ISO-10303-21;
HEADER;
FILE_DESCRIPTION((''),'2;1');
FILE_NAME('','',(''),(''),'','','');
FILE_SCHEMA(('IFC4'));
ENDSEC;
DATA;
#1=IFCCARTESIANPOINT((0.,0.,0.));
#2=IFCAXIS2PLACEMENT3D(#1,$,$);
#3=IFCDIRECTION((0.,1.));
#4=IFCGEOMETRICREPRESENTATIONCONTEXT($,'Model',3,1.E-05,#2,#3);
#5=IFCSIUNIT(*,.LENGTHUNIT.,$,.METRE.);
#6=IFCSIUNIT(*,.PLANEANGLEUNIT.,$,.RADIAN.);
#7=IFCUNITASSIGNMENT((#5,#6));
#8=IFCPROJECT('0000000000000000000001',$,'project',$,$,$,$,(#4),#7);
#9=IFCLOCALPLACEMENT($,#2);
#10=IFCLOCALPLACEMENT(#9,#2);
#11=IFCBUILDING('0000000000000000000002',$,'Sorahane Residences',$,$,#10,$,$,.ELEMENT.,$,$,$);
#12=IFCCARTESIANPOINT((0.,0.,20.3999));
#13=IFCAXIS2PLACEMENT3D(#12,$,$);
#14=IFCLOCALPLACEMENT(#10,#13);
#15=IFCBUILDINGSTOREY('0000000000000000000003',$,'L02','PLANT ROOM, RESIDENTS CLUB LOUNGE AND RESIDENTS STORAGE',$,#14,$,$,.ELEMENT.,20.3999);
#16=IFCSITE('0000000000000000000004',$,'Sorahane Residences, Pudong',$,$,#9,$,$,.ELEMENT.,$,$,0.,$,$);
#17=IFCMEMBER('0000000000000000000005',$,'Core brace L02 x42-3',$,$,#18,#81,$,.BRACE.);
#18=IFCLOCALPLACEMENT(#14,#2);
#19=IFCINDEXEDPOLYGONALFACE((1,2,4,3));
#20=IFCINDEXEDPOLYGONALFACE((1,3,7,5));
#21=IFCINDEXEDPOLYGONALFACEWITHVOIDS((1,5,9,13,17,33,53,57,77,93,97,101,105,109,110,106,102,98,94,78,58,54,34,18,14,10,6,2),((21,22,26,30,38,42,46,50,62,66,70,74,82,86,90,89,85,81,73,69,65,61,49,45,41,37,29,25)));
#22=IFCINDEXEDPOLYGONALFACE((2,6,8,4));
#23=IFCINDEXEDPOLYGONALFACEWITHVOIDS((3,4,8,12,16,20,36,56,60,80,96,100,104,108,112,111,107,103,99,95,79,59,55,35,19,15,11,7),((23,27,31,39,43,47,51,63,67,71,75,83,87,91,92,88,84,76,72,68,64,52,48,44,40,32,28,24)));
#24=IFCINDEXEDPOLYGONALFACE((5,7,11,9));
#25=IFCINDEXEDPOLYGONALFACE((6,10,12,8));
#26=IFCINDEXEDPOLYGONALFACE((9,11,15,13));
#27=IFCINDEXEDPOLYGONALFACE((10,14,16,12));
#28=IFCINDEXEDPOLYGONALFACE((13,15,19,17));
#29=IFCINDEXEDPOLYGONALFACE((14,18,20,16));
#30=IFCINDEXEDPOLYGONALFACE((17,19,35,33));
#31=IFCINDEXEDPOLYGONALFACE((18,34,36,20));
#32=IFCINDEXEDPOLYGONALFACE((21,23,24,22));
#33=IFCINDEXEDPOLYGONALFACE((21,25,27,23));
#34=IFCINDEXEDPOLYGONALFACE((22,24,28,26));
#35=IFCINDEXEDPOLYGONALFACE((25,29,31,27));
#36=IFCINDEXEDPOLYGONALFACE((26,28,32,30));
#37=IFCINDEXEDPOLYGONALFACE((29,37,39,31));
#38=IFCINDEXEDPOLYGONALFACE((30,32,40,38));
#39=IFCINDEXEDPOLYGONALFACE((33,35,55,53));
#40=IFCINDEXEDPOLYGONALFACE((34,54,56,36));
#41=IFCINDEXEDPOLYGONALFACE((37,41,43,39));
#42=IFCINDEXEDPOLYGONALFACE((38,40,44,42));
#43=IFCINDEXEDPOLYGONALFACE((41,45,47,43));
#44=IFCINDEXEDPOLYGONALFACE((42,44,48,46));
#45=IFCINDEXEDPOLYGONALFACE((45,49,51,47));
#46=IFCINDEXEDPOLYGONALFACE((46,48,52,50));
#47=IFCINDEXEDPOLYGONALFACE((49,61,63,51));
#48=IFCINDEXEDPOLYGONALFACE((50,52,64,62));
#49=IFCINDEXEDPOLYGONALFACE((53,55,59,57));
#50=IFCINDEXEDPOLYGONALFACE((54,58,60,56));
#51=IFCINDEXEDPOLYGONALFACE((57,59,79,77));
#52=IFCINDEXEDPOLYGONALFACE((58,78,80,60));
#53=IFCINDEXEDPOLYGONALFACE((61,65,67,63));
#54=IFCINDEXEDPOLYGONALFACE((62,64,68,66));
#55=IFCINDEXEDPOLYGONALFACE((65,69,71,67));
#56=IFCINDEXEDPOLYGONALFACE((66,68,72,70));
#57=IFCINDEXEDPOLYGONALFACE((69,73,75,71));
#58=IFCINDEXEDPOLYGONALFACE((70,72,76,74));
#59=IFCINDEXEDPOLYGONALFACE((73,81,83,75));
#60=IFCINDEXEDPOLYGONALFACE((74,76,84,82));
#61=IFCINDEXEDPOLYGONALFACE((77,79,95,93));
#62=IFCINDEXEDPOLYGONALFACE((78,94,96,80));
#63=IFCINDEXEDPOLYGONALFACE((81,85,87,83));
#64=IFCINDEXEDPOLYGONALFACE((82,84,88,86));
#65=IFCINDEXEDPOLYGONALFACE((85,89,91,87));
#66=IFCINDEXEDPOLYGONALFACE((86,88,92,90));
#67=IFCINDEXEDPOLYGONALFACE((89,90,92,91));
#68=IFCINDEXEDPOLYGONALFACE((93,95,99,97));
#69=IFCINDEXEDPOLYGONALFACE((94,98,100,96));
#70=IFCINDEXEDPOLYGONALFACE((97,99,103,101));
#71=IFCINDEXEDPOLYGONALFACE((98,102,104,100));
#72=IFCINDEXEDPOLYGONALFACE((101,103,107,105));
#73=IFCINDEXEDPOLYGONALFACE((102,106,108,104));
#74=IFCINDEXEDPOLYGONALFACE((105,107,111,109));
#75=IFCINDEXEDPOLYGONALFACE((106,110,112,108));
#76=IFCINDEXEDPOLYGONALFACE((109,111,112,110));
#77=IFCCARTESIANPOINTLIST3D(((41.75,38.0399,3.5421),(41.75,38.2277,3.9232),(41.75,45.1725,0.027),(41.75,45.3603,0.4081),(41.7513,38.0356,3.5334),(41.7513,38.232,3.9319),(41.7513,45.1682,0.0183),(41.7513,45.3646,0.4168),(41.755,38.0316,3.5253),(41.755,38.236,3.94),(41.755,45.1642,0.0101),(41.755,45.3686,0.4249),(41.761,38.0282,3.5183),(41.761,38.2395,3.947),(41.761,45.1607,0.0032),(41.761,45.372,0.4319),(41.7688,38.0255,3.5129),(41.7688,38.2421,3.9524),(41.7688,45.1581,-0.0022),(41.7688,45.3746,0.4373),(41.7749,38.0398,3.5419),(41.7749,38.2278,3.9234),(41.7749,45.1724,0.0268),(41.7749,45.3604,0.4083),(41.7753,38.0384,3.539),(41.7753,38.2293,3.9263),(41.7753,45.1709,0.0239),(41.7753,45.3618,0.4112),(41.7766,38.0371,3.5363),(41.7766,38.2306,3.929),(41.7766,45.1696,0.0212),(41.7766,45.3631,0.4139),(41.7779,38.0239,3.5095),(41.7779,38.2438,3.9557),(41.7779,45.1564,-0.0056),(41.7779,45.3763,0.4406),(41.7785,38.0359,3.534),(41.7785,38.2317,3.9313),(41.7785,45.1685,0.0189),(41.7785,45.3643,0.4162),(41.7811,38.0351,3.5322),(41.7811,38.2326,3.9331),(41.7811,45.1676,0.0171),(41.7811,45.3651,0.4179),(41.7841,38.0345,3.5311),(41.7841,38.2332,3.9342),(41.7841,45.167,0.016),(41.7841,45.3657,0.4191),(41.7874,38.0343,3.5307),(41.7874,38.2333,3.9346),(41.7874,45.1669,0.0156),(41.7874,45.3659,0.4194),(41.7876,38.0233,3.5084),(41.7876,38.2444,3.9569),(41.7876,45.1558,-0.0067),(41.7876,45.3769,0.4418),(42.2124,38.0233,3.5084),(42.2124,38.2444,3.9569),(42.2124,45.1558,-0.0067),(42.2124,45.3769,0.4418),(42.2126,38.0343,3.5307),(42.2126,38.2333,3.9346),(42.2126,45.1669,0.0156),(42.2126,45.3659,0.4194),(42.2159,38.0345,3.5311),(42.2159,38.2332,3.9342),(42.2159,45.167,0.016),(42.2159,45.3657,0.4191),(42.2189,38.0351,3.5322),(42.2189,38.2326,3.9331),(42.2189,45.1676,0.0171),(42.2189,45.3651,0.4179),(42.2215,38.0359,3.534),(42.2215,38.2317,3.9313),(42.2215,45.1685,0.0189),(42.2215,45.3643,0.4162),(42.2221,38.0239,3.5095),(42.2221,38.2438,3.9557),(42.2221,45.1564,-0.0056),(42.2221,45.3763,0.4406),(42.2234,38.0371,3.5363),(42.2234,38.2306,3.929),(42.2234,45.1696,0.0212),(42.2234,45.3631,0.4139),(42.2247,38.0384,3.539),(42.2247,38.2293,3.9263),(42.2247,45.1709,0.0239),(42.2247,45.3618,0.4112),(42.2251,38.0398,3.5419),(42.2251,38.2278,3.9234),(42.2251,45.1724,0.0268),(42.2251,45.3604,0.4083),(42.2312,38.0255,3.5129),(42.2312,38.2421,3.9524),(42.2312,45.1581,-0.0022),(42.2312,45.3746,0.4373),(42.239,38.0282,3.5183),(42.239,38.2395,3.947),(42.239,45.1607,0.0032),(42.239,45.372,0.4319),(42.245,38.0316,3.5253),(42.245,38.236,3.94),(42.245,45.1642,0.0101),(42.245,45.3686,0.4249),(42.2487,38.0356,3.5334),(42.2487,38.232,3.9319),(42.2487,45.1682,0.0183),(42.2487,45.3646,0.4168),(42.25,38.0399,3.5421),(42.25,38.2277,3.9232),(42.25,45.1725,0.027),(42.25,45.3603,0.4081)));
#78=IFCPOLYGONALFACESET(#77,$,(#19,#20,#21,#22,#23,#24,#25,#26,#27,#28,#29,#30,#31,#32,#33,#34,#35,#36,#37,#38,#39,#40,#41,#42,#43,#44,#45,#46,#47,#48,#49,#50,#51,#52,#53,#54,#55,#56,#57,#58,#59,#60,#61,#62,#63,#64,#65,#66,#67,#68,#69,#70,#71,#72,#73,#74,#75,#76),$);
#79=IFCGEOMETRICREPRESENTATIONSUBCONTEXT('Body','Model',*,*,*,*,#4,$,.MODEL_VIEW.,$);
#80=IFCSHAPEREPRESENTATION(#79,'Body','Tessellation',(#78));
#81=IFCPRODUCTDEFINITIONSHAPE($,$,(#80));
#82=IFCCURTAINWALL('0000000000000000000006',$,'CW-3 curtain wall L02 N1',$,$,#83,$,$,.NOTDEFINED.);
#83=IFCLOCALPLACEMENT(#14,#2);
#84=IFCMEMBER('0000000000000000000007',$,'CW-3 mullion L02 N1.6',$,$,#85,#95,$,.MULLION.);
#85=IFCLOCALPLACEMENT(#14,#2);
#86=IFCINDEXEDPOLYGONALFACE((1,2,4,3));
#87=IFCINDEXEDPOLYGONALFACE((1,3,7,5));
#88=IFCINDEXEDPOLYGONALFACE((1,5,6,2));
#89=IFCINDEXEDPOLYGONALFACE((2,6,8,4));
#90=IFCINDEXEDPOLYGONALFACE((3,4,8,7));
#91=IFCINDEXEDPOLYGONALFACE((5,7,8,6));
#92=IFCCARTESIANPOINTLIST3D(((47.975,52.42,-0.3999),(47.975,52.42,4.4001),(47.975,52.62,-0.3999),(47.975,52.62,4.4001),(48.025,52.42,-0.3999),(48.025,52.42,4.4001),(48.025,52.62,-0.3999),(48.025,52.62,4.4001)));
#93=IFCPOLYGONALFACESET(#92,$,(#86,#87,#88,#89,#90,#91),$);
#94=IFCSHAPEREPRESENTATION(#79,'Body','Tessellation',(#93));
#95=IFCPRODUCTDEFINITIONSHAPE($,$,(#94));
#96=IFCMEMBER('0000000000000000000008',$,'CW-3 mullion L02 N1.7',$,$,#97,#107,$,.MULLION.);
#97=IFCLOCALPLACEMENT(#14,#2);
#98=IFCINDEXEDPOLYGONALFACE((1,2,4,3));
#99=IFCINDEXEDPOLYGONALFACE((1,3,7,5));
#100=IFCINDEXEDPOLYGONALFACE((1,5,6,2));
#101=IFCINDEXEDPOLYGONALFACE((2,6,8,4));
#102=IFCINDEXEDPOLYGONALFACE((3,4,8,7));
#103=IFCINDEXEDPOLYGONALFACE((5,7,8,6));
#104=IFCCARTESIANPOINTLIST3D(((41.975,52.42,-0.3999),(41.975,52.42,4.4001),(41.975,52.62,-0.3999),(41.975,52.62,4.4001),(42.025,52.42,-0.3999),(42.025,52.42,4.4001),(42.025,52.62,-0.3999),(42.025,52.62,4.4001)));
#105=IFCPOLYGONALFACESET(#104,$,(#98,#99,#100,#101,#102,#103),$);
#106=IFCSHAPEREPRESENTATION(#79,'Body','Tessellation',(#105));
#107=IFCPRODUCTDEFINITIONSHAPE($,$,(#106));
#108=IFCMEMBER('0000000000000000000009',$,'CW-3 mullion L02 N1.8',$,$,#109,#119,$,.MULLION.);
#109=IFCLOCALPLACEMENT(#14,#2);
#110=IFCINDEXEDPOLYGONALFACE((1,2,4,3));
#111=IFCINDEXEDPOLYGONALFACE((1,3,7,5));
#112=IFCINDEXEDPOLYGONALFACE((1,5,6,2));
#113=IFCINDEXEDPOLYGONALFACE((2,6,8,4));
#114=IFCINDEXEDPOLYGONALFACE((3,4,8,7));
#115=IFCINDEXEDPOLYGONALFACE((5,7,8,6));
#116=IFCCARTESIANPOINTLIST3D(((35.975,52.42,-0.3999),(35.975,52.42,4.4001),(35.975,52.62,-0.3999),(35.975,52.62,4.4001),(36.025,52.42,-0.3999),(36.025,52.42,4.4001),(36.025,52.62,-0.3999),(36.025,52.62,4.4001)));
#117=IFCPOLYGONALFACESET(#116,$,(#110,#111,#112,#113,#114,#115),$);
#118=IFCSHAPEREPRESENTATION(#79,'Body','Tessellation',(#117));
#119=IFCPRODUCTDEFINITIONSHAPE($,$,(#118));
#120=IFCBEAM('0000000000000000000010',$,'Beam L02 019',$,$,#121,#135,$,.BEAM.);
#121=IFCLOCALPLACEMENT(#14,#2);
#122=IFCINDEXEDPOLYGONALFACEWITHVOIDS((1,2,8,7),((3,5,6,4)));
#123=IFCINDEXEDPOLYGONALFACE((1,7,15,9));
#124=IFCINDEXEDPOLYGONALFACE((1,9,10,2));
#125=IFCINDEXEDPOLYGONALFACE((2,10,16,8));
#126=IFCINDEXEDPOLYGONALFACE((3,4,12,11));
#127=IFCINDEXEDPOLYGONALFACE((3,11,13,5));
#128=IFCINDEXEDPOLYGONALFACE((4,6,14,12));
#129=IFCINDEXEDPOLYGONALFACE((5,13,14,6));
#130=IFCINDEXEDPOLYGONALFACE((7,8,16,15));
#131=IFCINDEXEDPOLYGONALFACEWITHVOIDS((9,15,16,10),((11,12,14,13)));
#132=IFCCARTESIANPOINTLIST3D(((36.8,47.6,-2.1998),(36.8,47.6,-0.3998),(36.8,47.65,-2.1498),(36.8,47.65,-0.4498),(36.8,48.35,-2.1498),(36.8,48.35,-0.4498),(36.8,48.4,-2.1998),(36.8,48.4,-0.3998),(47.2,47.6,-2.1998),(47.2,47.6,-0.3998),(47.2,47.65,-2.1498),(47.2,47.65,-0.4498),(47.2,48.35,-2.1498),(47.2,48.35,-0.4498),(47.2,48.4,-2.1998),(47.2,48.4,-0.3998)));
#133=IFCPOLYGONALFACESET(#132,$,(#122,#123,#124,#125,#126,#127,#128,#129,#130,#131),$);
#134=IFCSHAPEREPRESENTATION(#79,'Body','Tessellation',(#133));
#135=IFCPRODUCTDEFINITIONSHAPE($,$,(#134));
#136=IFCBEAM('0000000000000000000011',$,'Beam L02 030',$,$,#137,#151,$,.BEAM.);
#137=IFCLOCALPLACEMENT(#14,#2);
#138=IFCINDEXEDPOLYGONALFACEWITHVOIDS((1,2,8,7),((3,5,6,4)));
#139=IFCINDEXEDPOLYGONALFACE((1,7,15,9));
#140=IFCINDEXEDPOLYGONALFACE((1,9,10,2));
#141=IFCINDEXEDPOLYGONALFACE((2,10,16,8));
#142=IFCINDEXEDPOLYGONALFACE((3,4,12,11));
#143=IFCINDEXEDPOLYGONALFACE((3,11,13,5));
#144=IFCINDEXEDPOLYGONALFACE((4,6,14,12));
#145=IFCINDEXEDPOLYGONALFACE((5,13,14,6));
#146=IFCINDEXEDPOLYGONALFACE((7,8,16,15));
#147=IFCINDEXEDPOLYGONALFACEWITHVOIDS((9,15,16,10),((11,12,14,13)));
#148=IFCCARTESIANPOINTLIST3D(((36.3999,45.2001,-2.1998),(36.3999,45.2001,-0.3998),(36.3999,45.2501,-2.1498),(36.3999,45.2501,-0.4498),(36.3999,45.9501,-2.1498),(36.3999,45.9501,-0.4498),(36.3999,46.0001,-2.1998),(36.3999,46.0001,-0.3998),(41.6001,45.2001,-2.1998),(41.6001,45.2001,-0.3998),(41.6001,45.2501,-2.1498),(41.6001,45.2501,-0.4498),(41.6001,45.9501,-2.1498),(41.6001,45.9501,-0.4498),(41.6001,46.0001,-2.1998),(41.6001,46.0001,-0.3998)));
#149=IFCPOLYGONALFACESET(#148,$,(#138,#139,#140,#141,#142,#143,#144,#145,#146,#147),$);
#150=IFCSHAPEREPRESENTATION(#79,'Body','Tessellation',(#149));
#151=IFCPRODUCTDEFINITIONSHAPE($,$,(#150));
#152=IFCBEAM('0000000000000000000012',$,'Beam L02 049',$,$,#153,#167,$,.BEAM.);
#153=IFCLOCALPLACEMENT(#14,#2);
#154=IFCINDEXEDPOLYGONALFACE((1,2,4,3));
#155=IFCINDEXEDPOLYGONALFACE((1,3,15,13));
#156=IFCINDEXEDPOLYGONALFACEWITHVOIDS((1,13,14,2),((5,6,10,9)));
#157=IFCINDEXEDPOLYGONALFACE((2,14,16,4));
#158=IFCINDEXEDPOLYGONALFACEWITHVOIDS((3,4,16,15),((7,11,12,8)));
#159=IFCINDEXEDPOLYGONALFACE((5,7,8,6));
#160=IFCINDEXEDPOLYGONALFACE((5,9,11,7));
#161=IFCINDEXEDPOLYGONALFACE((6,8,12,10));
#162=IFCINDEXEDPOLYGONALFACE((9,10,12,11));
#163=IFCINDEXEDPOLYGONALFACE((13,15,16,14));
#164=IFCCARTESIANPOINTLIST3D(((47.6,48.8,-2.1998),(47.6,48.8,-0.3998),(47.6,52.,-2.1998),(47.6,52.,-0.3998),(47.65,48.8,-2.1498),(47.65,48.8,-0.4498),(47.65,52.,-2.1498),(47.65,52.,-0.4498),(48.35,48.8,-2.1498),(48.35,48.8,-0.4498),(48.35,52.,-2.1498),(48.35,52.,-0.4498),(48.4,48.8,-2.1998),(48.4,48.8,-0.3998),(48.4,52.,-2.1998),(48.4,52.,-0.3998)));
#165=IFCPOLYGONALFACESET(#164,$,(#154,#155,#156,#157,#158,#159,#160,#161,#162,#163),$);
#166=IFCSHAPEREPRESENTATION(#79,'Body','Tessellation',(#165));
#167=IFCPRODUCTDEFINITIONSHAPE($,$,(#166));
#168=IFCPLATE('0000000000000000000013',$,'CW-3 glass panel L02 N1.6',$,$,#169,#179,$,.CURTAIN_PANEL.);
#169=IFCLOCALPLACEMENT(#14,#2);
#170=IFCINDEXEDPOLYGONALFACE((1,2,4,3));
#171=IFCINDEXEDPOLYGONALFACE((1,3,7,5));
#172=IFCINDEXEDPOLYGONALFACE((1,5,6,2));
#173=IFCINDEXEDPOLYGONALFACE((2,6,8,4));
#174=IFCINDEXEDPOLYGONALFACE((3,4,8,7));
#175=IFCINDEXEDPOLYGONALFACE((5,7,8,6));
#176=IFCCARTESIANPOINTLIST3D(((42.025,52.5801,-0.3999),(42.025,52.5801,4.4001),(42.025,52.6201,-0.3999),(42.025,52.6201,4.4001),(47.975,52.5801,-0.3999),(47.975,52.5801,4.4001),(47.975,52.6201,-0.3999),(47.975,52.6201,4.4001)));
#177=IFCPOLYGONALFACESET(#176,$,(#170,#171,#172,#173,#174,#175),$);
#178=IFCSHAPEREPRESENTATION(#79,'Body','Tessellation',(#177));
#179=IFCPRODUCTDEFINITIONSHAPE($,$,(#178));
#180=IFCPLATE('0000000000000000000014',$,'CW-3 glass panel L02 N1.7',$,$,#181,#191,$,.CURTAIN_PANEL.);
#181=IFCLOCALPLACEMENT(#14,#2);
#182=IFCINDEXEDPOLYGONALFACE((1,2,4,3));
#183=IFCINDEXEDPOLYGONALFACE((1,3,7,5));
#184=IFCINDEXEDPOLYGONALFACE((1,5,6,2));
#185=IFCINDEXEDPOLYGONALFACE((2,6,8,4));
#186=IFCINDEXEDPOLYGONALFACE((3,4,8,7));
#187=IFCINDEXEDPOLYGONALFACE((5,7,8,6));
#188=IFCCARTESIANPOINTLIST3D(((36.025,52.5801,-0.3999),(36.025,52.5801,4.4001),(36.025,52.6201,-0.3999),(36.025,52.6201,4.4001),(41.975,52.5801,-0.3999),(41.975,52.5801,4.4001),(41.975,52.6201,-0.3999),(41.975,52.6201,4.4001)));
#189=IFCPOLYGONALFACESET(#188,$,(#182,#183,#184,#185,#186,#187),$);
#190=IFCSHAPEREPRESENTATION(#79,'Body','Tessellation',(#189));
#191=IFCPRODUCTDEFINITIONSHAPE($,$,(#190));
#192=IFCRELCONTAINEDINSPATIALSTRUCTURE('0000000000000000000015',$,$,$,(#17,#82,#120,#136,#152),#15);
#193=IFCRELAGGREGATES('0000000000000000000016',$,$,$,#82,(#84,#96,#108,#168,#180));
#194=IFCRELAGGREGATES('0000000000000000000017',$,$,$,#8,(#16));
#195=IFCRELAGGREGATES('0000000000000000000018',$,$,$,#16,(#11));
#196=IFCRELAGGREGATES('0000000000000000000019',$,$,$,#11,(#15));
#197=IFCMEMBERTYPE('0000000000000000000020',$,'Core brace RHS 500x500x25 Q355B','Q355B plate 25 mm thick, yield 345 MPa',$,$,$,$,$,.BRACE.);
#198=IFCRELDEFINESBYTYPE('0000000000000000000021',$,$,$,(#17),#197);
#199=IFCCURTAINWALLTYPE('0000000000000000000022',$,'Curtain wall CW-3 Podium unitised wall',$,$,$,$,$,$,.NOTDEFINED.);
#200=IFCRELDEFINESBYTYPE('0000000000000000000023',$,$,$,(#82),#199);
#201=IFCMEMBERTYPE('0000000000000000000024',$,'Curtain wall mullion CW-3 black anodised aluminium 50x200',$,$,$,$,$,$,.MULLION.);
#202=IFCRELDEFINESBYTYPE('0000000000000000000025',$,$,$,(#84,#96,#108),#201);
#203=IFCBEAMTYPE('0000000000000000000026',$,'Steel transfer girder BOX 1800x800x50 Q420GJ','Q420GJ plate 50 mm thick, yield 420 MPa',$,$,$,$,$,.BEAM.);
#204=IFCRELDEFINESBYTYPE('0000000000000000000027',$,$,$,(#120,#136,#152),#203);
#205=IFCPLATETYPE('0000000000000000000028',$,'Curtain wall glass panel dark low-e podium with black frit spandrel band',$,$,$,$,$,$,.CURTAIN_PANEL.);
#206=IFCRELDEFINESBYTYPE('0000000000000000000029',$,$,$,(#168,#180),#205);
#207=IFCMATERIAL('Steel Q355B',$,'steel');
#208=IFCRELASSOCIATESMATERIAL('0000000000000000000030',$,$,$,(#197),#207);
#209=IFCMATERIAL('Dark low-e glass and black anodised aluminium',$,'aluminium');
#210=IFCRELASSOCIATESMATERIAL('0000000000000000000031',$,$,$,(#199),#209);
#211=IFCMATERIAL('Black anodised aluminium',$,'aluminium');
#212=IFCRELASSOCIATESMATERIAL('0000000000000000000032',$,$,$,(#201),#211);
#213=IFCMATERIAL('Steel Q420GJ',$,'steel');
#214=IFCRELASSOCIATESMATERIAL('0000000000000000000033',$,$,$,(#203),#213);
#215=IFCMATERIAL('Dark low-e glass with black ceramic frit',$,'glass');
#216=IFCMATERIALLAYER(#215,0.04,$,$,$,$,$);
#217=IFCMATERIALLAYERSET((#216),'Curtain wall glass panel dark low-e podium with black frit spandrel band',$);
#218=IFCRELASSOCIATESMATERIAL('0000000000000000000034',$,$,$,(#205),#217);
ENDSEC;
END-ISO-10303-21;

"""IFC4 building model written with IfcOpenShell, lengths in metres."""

from ifc_helpers import new_model, si_unit, direction, frame, origin, origin_2d, place, context, subcontext, project, spatial, rectangle, hollow_rectangle, extrude, material, layer, layer_set, material_profile, profile_set, type_object, element, aggregate, save


model = new_model("IFC4")

# Units and contexts
model_context = context("Model", 3, precision=1e-05, world=origin(), true_north=direction((0.0, 1.0)))
body_context = subcontext(model_context, "Body", "Model", "MODEL_VIEW")
ifc_project = project(units=[si_unit("LENGTHUNIT", "METRE"), si_unit("PLANEANGLEUNIT", "RADIAN")], contexts=[model_context])

# Site, building, storey
site_placement = place(None, origin())
site = spatial("IfcSite", under=ifc_project, at=site_placement, Name="Sorahane Residences, Pudong", CompositionType="ELEMENT", RefElevation=0.0)
building_placement = place(site_placement, origin())
building = spatial("IfcBuilding", under=site, at=building_placement, Name="Sorahane Residences", CompositionType="ELEMENT")
storey_placement = place(building_placement, frame((0.0, 0.0, 20.3999)))
storey = spatial("IfcBuildingStorey", under=building, at=storey_placement, Name="L02", Description="PLANT ROOM, RESIDENTS CLUB LOUNGE AND RESIDENTS STORAGE", CompositionType="ELEMENT", Elevation=20.3999)

# Member
ifc_material_1 = material(Name="Steel Q355B", Category="steel")
ifc_material_profile_1 = material_profile(ifc_material_1, hollow_rectangle(XDim=0.5, YDim=0.5, WallThickness=0.0249, InnerFilletRadius=0.0125, OuterFilletRadius=0.0376, at=origin_2d()), Name="RHS 500x500x25")
ifc_profile_set_1 = profile_set([ifc_material_profile_1], Name="Steel Q355B")
member_type_1 = type_object("IfcMemberType", Name="Core brace RHS 500x500x25 Q355B", Description="Q355B plate 25 mm thick, yield 345 MPa", PredefinedType="BRACE", material=ifc_profile_set_1)
member_1_placement = place(storey_placement, frame((42.0, 45.2664, 0.2175), z_axis=(0.0, -0.896985, 0.44206), x_axis=(1.0, 0.0, 0.0)))
element("IfcMember", 1, at=member_1_placement, inside=storey, type_object=member_type_1, Name="Core brace L02 x42-3", PredefinedType="BRACE", context=body_context, shape_type="SweptSolid", body=[
    extrude(hollow_rectangle(XDim=0.5, YDim=0.5, WallThickness=0.0249, InnerFilletRadius=0.0125, OuterFilletRadius=0.0376, at=origin_2d()), origin(), (0.0, 0.0, 1.0), 7.9517),
])

# Curtain wall, members
ifc_material_2 = material(Name="Dark low-e glass and black anodised aluminium", Category="aluminium")
curtain_wall_type = type_object("IfcCurtainWallType", Name="Curtain wall CW-3 Podium unitised wall", PredefinedType="NOTDEFINED", material=ifc_material_2)
curtain_wall_placement = place(storey_placement, origin())
curtain_wall = element("IfcCurtainWall", 2, at=curtain_wall_placement, inside=storey, type_object=curtain_wall_type, Name="CW-3 curtain wall L02 N1", PredefinedType="NOTDEFINED")
ifc_material_3 = material(Name="Black anodised aluminium", Category="aluminium")
ifc_material_profile_2 = material_profile(ifc_material_3, rectangle(XDim=0.2, YDim=0.05, at=origin_2d()), Name="Curtain wall mullion CW-3 black anodised aluminium 50x200")
ifc_profile_set_2 = profile_set([ifc_material_profile_2], Name="Black anodised aluminium")
member_type_2 = type_object("IfcMemberType", Name="Curtain wall mullion CW-3 black anodised aluminium 50x200", PredefinedType="MULLION", material=ifc_profile_set_2)
member_2_placement = place(storey_placement, frame((48.0, 52.52, -0.3999), z_axis=(0.0, 0.0, 1.0), x_axis=(0.0, 1.0, 0.0)))
member_2 = element("IfcMember", 3, at=member_2_placement, type_object=member_type_2, Name="CW-3 mullion L02 N1.6", PredefinedType="MULLION", context=body_context, shape_type="SweptSolid", body=[
    extrude(rectangle(XDim=0.2, YDim=0.05, at=origin_2d()), origin(), (0.0, 0.0, 1.0), 4.8),
])
member_3_placement = place(storey_placement, frame((42.0, 52.52, -0.3999), z_axis=(0.0, 0.0, 1.0), x_axis=(0.0, 1.0, 0.0)))
member_3 = element("IfcMember", 4, at=member_3_placement, type_object=member_type_2, Name="CW-3 mullion L02 N1.7", PredefinedType="MULLION", context=body_context, shape_type="SweptSolid", body=[
    extrude(rectangle(XDim=0.2, YDim=0.05, at=origin_2d()), origin(), (0.0, 0.0, 1.0), 4.8),
])
member_4_placement = place(storey_placement, frame((36.0, 52.52, -0.3999), z_axis=(0.0, 0.0, 1.0), x_axis=(0.0, 1.0, 0.0)))
member_4 = element("IfcMember", 5, at=member_4_placement, type_object=member_type_2, Name="CW-3 mullion L02 N1.8", PredefinedType="MULLION", context=body_context, shape_type="SweptSolid", body=[
    extrude(rectangle(XDim=0.2, YDim=0.05, at=origin_2d()), origin(), (0.0, 0.0, 1.0), 4.8),
])

# Beams
ifc_material_4 = material(Name="Steel Q420GJ", Category="steel")
ifc_material_profile_3 = material_profile(ifc_material_4, hollow_rectangle(XDim=0.8, YDim=1.8, WallThickness=0.05, at=origin_2d()), Name="BOX 1800x800x50")
ifc_profile_set_3 = profile_set([ifc_material_profile_3], Name="Steel Q420GJ")
beam_type = type_object("IfcBeamType", Name="Steel transfer girder BOX 1800x800x50 Q420GJ", Description="Q420GJ plate 50 mm thick, yield 420 MPa", PredefinedType="BEAM", material=ifc_profile_set_3)
beam_1_placement = place(storey_placement, frame((36.8, 48.0, -1.2998), z_axis=(1.0, 0.0, 0.0), x_axis=(0.0, 1.0, 0.0)))
element("IfcBeam", 6, at=beam_1_placement, inside=storey, type_object=beam_type, Name="Beam L02 019", PredefinedType="BEAM", context=body_context, shape_type="SweptSolid", body=[
    extrude(hollow_rectangle(XDim=0.8, YDim=1.8, WallThickness=0.05, at=origin_2d()), origin(), (0.0, 0.0, 1.0), 10.3999),
])
beam_2_placement = place(storey_placement, frame((36.3999, 45.6001, -1.2998), z_axis=(1.0, 0.0, 0.0), x_axis=(0.0, 1.0, 0.0)))
element("IfcBeam", 7, at=beam_2_placement, inside=storey, type_object=beam_type, Name="Beam L02 030", PredefinedType="BEAM", context=body_context, shape_type="SweptSolid", body=[
    extrude(hollow_rectangle(XDim=0.8, YDim=1.8, WallThickness=0.05, at=origin_2d()), origin(), (0.0, 0.0, 1.0), 5.2002),
])
beam_3_placement = place(storey_placement, frame((48.0, 48.8, -1.2998), z_axis=(0.0, 1.0, 0.0), x_axis=(-1.0, 0.0, 0.0)))
element("IfcBeam", 8, at=beam_3_placement, inside=storey, type_object=beam_type, Name="Beam L02 049", PredefinedType="BEAM", context=body_context, shape_type="SweptSolid", body=[
    extrude(hollow_rectangle(XDim=0.8, YDim=1.8, WallThickness=0.05, at=origin_2d()), origin(), (0.0, 0.0, 1.0), 3.2),
])

# Plates
ifc_material_5 = material(Name="Dark low-e glass with black ceramic frit", Category="glass")
ifc_layer_1 = layer(ifc_material_5, 0.04)
ifc_layer_set_1 = layer_set([ifc_layer_1], Name="Curtain wall glass panel dark low-e podium with black frit spandrel band")
plate_type = type_object("IfcPlateType", Name="Curtain wall glass panel dark low-e podium with black frit spandrel band", PredefinedType="CURTAIN_PANEL", material=ifc_layer_set_1)
plate_1_placement = place(storey_placement, frame((45.0, 52.6001, -0.3999), z_axis=(0.0, 0.0, 1.0), x_axis=(-1.0, 0.0, 0.0)))
plate_1 = element("IfcPlate", 9, at=plate_1_placement, type_object=plate_type, Name="CW-3 glass panel L02 N1.6", PredefinedType="CURTAIN_PANEL", context=body_context, shape_type="SweptSolid", body=[
    extrude(rectangle(XDim=5.95, YDim=0.04, at=origin_2d()), origin(), (0.0, 0.0, 1.0), 4.8),
])
plate_2_placement = place(storey_placement, frame((39.0, 52.6001, -0.3999), z_axis=(0.0, 0.0, 1.0), x_axis=(-1.0, 0.0, 0.0)))
plate_2 = element("IfcPlate", 10, at=plate_2_placement, type_object=plate_type, Name="CW-3 glass panel L02 N1.7", PredefinedType="CURTAIN_PANEL", context=body_context, shape_type="SweptSolid", body=[
    extrude(rectangle(XDim=5.95, YDim=0.04, at=origin_2d()), origin(), (0.0, 0.0, 1.0), 4.8),
])
aggregate(curtain_wall, [member_2, member_3, member_4, plate_1, plate_2])

save(model, "model.ifc")
